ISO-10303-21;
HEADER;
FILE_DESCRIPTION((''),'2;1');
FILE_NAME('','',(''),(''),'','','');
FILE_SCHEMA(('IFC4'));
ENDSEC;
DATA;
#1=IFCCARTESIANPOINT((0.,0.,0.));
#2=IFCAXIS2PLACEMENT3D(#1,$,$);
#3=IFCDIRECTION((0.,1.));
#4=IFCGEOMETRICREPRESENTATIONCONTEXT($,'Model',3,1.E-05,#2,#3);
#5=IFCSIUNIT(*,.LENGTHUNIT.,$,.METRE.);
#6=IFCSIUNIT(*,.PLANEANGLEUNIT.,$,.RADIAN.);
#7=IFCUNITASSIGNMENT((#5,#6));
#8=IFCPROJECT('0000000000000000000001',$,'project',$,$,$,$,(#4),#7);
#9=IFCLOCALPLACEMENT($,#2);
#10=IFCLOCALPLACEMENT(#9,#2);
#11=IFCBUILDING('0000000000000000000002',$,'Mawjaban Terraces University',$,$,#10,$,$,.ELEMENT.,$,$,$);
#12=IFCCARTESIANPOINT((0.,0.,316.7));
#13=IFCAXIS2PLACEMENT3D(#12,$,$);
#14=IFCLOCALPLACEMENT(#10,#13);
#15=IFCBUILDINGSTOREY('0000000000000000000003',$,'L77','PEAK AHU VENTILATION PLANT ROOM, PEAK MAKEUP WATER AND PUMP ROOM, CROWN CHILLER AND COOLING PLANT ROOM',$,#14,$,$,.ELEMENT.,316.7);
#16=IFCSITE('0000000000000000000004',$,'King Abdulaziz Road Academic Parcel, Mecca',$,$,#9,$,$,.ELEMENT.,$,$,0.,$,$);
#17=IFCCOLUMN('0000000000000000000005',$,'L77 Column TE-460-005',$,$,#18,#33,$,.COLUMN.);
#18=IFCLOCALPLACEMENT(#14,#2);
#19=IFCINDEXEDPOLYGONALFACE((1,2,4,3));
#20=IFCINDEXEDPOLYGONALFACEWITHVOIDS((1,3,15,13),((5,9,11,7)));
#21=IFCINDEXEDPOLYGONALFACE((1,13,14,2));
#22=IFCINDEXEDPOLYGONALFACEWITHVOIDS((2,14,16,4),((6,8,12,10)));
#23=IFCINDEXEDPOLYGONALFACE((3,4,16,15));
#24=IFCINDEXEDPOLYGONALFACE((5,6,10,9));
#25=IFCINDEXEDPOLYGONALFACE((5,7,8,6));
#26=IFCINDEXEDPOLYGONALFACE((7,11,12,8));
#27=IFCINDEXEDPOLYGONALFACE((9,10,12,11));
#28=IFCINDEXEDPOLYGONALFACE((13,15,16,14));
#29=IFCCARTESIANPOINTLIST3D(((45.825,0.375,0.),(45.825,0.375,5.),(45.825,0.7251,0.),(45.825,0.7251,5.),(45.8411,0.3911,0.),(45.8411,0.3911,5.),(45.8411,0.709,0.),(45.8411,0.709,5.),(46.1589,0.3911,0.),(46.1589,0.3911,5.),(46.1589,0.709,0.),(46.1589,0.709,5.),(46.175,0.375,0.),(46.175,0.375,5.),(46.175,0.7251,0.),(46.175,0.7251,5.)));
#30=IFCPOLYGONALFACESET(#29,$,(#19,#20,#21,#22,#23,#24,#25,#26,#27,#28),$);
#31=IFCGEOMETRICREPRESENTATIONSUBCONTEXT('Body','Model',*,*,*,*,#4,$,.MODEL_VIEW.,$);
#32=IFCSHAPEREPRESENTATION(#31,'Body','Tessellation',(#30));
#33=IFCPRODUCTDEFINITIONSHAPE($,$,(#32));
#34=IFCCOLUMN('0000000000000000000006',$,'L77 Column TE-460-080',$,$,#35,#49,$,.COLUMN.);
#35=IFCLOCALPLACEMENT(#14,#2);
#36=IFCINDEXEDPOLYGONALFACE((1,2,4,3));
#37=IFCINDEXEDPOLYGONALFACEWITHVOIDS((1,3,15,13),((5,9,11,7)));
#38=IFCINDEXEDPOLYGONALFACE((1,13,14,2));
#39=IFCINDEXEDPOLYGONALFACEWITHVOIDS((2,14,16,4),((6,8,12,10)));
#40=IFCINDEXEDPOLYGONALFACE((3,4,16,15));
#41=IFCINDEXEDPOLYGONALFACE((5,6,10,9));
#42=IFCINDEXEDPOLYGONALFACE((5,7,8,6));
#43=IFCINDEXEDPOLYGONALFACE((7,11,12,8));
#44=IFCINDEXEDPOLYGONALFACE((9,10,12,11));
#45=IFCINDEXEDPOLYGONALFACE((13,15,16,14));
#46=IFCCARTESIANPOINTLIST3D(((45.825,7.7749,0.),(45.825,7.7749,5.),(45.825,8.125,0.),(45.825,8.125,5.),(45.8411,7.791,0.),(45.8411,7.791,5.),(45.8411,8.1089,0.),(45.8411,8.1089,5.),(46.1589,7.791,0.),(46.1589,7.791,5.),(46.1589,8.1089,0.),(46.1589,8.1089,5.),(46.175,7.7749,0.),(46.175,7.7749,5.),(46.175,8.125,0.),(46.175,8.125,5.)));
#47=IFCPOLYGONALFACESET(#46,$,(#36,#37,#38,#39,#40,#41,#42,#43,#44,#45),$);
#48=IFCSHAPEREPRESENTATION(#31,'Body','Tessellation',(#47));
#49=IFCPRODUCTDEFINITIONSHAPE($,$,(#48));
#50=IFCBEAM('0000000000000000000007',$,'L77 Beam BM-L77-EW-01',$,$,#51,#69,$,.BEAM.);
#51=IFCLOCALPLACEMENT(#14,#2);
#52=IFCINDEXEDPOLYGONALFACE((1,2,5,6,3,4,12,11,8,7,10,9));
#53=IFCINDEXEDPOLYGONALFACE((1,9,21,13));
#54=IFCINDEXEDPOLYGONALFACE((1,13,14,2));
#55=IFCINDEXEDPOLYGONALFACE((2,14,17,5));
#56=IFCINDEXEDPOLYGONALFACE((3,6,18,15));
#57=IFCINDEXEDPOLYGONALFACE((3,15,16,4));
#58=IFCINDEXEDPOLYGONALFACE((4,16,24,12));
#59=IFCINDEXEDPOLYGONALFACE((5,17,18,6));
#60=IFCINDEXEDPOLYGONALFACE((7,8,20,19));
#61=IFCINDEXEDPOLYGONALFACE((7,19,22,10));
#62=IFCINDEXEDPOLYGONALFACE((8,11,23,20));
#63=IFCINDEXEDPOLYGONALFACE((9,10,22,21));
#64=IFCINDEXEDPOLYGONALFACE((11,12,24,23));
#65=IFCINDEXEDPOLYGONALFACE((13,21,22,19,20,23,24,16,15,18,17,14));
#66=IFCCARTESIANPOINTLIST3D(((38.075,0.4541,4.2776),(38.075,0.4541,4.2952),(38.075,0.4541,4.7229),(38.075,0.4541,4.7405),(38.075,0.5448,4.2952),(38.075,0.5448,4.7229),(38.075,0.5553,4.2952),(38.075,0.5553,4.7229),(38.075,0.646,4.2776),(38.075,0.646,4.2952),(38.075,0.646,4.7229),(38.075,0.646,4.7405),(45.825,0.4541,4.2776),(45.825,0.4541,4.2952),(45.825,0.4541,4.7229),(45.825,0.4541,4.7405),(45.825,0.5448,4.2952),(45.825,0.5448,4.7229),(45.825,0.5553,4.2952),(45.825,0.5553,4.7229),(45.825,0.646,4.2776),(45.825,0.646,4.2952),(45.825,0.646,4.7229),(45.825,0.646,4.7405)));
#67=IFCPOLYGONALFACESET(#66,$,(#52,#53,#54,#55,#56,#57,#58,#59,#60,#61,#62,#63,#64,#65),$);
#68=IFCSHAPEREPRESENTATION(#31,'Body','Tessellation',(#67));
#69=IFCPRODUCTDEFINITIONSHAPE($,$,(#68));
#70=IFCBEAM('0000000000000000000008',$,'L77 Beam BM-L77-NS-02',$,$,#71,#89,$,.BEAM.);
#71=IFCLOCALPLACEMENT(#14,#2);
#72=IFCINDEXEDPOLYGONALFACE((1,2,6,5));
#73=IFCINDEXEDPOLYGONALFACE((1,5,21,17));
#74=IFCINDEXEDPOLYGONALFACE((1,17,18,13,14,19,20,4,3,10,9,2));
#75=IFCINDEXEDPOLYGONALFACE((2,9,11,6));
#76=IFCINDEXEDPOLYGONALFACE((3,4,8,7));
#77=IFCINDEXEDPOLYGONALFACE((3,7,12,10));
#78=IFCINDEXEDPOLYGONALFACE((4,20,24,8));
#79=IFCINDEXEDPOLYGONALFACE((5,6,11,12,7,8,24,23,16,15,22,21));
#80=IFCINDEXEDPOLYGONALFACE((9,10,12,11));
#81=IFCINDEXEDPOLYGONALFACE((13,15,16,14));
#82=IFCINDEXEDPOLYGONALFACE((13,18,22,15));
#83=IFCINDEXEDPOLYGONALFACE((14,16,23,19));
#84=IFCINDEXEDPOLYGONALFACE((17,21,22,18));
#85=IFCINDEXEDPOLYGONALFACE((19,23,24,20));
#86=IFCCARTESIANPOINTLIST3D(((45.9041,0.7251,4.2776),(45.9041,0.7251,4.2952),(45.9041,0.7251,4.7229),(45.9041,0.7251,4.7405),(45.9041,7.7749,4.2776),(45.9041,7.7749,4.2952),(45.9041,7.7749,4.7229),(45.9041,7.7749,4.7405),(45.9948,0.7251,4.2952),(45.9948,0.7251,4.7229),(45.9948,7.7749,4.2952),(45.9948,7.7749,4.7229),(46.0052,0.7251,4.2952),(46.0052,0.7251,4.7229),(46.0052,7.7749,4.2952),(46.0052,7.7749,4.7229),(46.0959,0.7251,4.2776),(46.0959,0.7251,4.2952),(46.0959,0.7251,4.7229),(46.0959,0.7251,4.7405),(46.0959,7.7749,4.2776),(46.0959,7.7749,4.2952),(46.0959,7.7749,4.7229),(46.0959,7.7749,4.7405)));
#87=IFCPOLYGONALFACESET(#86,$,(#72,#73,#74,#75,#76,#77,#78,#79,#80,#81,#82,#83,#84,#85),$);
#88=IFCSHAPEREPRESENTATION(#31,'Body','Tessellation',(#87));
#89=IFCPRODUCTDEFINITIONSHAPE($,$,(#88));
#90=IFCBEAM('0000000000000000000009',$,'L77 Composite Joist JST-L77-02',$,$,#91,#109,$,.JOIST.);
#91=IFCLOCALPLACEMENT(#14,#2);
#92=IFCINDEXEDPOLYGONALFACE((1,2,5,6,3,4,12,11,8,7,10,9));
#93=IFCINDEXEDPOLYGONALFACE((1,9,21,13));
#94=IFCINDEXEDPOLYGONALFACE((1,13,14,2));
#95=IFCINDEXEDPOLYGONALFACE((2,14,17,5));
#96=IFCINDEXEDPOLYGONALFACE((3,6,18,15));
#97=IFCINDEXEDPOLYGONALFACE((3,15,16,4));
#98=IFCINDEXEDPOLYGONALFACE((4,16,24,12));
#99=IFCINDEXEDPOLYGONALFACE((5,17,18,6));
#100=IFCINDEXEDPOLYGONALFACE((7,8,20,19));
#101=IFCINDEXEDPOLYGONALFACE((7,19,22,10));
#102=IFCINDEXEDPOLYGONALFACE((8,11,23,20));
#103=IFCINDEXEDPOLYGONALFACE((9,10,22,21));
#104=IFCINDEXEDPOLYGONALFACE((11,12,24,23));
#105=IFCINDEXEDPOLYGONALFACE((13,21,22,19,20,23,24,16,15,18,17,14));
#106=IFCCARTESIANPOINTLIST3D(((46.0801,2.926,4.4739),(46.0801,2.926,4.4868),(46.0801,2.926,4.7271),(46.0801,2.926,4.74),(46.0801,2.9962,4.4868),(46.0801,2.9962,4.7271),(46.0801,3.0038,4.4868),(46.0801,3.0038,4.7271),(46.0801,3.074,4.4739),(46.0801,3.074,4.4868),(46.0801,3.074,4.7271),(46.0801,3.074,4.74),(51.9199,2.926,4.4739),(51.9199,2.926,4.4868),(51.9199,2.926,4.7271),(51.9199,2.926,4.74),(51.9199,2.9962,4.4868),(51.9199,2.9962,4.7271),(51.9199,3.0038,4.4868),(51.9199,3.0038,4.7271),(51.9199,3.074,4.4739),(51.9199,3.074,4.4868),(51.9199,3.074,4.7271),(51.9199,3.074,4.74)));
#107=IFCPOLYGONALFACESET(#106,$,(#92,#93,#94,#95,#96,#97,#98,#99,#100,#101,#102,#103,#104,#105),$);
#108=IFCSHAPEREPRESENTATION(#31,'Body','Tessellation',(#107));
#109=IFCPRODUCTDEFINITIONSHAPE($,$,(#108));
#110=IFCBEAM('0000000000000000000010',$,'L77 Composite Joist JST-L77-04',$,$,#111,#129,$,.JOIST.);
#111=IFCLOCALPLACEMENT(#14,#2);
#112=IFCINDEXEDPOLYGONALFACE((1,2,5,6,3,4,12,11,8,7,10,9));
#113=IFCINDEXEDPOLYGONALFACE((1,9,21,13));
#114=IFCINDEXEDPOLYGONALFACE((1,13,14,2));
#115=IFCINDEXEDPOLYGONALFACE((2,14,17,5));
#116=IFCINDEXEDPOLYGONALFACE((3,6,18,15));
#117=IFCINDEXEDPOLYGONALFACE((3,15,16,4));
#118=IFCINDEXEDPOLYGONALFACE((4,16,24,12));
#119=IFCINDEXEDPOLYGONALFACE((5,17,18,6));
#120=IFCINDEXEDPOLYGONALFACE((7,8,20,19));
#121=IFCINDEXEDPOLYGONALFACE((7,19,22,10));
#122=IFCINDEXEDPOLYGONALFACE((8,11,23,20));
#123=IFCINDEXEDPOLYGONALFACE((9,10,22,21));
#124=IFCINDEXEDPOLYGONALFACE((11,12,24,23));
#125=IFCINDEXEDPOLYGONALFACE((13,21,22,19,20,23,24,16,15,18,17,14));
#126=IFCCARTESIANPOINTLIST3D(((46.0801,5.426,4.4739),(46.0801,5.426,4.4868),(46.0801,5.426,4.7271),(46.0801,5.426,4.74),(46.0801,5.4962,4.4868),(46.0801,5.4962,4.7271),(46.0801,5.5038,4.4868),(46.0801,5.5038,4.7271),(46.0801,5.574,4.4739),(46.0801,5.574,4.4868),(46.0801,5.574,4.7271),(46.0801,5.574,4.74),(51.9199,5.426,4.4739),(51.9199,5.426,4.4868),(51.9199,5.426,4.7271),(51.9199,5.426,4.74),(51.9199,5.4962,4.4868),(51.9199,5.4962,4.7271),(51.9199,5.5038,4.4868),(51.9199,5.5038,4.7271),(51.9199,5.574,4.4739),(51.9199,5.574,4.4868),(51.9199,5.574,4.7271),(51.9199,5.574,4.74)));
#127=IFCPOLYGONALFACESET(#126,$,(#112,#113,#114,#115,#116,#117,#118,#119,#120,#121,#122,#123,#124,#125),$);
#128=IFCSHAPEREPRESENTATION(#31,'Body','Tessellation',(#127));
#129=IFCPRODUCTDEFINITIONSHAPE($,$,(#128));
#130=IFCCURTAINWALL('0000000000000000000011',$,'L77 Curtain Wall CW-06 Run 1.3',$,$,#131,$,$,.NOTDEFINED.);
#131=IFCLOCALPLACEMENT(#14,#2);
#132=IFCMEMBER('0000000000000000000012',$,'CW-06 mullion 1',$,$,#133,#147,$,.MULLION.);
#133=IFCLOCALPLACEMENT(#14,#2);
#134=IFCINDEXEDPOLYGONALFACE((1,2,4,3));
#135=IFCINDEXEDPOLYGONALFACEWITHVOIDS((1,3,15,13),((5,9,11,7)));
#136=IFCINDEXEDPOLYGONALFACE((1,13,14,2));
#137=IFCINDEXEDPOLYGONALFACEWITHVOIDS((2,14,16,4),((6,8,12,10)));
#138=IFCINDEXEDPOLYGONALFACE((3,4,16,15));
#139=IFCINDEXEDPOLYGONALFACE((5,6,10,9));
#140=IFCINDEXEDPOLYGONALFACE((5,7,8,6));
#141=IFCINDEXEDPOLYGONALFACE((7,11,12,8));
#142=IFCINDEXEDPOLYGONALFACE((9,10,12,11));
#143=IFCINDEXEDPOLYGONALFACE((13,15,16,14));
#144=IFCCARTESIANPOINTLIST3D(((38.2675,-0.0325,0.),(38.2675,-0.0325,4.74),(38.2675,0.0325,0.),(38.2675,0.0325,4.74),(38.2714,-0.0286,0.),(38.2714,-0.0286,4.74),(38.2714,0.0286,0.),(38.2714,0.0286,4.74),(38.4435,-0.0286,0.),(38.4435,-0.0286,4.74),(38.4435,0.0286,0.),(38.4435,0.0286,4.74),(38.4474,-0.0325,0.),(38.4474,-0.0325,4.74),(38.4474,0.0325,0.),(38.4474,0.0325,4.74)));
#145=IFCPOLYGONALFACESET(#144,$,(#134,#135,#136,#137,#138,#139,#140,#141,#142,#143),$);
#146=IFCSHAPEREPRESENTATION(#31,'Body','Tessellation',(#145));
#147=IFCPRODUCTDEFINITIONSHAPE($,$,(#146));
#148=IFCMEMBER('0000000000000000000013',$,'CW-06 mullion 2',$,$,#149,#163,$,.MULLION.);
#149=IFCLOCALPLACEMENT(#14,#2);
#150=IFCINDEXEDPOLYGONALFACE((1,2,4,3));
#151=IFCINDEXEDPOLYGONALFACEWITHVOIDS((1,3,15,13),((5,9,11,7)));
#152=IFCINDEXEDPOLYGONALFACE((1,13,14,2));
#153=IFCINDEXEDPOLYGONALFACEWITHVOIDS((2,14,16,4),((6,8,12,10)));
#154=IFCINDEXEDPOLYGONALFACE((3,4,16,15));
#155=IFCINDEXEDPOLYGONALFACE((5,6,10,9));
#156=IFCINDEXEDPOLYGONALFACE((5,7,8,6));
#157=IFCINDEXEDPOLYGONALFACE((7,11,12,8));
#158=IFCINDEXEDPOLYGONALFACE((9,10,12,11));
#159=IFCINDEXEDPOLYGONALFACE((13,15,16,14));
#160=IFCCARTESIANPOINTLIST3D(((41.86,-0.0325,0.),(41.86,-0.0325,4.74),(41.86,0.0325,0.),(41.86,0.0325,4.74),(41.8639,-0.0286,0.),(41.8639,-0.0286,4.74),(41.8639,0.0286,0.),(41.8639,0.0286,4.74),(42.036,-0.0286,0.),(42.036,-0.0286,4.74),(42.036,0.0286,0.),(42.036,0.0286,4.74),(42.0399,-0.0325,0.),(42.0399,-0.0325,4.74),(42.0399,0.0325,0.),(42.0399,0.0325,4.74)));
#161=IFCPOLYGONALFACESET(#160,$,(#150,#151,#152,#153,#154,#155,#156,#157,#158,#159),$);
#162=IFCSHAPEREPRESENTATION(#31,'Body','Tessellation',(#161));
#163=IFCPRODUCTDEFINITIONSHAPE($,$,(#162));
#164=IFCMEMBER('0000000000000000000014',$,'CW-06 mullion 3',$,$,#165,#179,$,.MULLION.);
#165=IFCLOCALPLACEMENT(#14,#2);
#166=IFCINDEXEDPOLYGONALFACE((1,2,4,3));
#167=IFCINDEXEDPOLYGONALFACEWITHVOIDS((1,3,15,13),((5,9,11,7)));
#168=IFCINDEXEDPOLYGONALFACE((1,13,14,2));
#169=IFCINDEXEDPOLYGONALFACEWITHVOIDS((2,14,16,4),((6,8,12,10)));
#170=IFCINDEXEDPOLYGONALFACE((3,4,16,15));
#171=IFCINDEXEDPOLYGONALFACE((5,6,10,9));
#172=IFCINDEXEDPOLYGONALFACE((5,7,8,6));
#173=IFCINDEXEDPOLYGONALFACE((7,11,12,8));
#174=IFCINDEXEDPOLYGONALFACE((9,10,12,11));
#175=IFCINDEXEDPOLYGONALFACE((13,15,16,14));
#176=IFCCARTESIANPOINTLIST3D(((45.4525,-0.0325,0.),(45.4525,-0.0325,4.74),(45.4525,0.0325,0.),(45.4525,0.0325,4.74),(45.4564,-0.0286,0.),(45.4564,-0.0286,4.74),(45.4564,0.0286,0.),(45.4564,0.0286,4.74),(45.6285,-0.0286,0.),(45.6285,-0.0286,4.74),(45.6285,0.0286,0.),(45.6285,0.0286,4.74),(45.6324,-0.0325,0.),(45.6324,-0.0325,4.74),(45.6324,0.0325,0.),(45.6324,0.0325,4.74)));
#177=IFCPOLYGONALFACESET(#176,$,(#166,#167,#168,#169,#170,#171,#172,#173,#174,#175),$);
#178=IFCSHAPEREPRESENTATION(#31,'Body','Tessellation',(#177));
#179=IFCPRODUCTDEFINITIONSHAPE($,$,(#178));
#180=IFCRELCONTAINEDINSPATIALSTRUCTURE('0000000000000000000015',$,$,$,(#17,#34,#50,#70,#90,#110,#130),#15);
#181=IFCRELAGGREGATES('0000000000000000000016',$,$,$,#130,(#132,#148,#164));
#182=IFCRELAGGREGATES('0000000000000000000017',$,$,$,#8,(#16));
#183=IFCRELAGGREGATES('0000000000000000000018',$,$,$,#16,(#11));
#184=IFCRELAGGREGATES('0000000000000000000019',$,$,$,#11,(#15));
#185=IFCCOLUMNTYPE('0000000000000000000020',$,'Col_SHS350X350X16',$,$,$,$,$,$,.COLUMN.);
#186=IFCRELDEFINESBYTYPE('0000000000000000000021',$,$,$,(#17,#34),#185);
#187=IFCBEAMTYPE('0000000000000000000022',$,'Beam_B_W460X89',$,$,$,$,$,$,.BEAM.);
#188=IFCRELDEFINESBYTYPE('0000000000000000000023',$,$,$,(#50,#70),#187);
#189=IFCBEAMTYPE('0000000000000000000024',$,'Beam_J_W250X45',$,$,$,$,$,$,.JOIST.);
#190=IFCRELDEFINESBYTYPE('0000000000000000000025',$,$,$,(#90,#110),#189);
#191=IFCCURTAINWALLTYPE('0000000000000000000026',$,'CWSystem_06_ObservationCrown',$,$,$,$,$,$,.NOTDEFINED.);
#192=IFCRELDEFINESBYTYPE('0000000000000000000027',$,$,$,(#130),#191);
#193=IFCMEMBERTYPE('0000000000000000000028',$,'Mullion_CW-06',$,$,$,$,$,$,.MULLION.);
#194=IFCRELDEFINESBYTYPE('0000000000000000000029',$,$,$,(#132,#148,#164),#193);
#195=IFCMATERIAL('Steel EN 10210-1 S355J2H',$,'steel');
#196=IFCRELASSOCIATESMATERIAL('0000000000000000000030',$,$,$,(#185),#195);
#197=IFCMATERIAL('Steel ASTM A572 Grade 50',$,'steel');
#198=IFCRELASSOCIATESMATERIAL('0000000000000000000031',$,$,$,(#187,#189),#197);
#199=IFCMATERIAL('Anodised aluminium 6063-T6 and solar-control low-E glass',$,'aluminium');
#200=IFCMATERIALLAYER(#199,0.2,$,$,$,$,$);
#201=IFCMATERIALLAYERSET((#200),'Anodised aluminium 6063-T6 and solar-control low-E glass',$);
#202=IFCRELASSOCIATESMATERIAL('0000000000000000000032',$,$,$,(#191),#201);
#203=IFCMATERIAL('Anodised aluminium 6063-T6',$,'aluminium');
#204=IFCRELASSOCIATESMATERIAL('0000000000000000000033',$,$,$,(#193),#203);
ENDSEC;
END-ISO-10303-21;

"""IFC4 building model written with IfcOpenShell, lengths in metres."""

from ifc_helpers import new_model, si_unit, direction, frame, origin, origin_2d, place, context, subcontext, project, spatial, hollow_rectangle, i_section, extrude, material, layer, layer_set, material_profile, profile_set, type_object, element, aggregate, save


model = new_model("IFC4")

# Units and contexts
model_context = context("Model", 3, precision=1e-05, world=origin(), true_north=direction((0.0, 1.0)))
body_context = subcontext(model_context, "Body", "Model", "MODEL_VIEW")
ifc_project = project(units=[si_unit("LENGTHUNIT", "METRE"), si_unit("PLANEANGLEUNIT", "RADIAN")], contexts=[model_context])

# Site, building, storey
site_placement = place(None, origin())
site = spatial("IfcSite", under=ifc_project, at=site_placement, Name="King Abdulaziz Road Academic Parcel, Mecca", CompositionType="ELEMENT", RefElevation=0.0)
building_placement = place(site_placement, origin())
building = spatial("IfcBuilding", under=site, at=building_placement, Name="Mawjaban Terraces University", CompositionType="ELEMENT")
storey_placement = place(building_placement, frame((0.0, 0.0, 316.7)))
storey = spatial("IfcBuildingStorey", under=building, at=storey_placement, Name="L77", Description="PEAK AHU VENTILATION PLANT ROOM, PEAK MAKEUP WATER AND PUMP ROOM, CROWN CHILLER AND COOLING PLANT ROOM", CompositionType="ELEMENT", Elevation=316.7)

# Columns
ifc_material_1 = material(Name="Steel EN 10210-1 S355J2H", Category="steel")
ifc_material_profile_1 = material_profile(ifc_material_1, hollow_rectangle(XDim=0.3501, YDim=0.3501, WallThickness=0.0161, at=origin_2d()), Name="SHS350X350X16")
ifc_profile_set_1 = profile_set([ifc_material_profile_1], Name="Steel EN 10210-1 S355J2H")
column_type = type_object("IfcColumnType", Name="Col_SHS350X350X16", PredefinedType="COLUMN", material=ifc_profile_set_1)
for number, where, z_axis, x_axis, name in (
    (1, (46.0, 0.55, 0.0), (0.0, 0.0, 1.0), (1.0, 0.0, 0.0), "L77 Column TE-460-005"),
    (2, (46.0, 7.95, 0.0), (0.0, 0.0, 1.0), (1.0, 0.0, 0.0), "L77 Column TE-460-080"),
):
    element("IfcColumn", number, at=place(storey_placement, frame(where, z_axis=z_axis, x_axis=x_axis)), inside=storey, type_object=column_type, Name=name, PredefinedType="COLUMN", context=body_context, shape_type="SweptSolid", body=[
        extrude(hollow_rectangle(XDim=0.3501, YDim=0.3501, WallThickness=0.0161, at=origin_2d()), origin(), (0.0, 0.0, 1.0), 5.0),
    ])

# Beams
ifc_material_2 = material(Name="Steel ASTM A572 Grade 50", Category="steel")
ifc_material_profile_2 = material_profile(ifc_material_2, i_section(OverallWidth=0.1919, OverallDepth=0.4629, WebThickness=0.0105, FlangeThickness=0.0176, at=origin_2d()), Name="W460X89")
ifc_profile_set_2 = profile_set([ifc_material_profile_2], Name="Steel ASTM A572 Grade 50")
beam_type_1 = type_object("IfcBeamType", Name="Beam_B_W460X89", PredefinedType="BEAM", material=ifc_profile_set_2)
beam_1_placement = place(storey_placement, frame((38.075, 0.55, 4.509), z_axis=(1.0, 0.0, 0.0), x_axis=(0.0, 1.0, 0.0)))
element("IfcBeam", 3, at=beam_1_placement, inside=storey, type_object=beam_type_1, Name="L77 Beam BM-L77-EW-01", PredefinedType="BEAM", context=body_context, shape_type="SweptSolid", body=[
    extrude(i_section(OverallWidth=0.1919, OverallDepth=0.4629, WebThickness=0.0105, FlangeThickness=0.0176, at=origin_2d()), origin(), (0.0, 0.0, 1.0), 7.75),
])
beam_2_placement = place(storey_placement, frame((46.0, 0.7251, 4.509), z_axis=(0.0, 1.0, 0.0), x_axis=(-1.0, 0.0, 0.0)))
element("IfcBeam", 4, at=beam_2_placement, inside=storey, type_object=beam_type_1, Name="L77 Beam BM-L77-NS-02", PredefinedType="BEAM", context=body_context, shape_type="SweptSolid", body=[
    extrude(i_section(OverallWidth=0.1919, OverallDepth=0.4629, WebThickness=0.0105, FlangeThickness=0.0176, at=origin_2d()), origin(), (0.0, 0.0, 1.0), 7.0498),
])
ifc_material_profile_3 = material_profile(ifc_material_2, i_section(OverallWidth=0.1479, OverallDepth=0.2661, WebThickness=0.0076, FlangeThickness=0.0129, at=origin_2d()), Name="W250X45")
ifc_profile_set_3 = profile_set([ifc_material_profile_3], Name="Steel ASTM A572 Grade 50")
beam_type_2 = type_object("IfcBeamType", Name="Beam_J_W250X45", PredefinedType="JOIST", material=ifc_profile_set_3)
for number, where, z_axis, x_axis, name in (
    (5, (46.0801, 3.0, 4.6069), (1.0, 0.0, 0.0), (0.0, 1.0, 0.0), "L77 Composite Joist JST-L77-02"),
    (6, (46.0801, 5.5, 4.6069), (1.0, 0.0, 0.0), (0.0, 1.0, 0.0), "L77 Composite Joist JST-L77-04"),
):
    element("IfcBeam", number, at=place(storey_placement, frame(where, z_axis=z_axis, x_axis=x_axis)), inside=storey, type_object=beam_type_2, Name=name, PredefinedType="JOIST", context=body_context, shape_type="SweptSolid", body=[
        extrude(i_section(OverallWidth=0.1479, OverallDepth=0.2661, WebThickness=0.0076, FlangeThickness=0.0129, at=origin_2d()), origin(), (0.0, 0.0, 1.0), 5.8398),
    ])

# Curtain wall, members
ifc_material_3 = material(Name="Anodised aluminium 6063-T6 and solar-control low-E glass", Category="aluminium")
ifc_layer_1 = layer(ifc_material_3, 0.2)
ifc_layer_set_1 = layer_set([ifc_layer_1], Name="Anodised aluminium 6063-T6 and solar-control low-E glass")
curtain_wall_type = type_object("IfcCurtainWallType", Name="CWSystem_06_ObservationCrown", PredefinedType="NOTDEFINED", material=ifc_layer_set_1)
curtain_wall_placement = place(storey_placement, origin())
curtain_wall = element("IfcCurtainWall", 7, at=curtain_wall_placement, inside=storey, type_object=curtain_wall_type, Name="L77 Curtain Wall CW-06 Run 1.3", PredefinedType="NOTDEFINED")
ifc_material_4 = material(Name="Anodised aluminium 6063-T6", Category="aluminium")
ifc_material_profile_4 = material_profile(ifc_material_4, hollow_rectangle(XDim=0.0649, YDim=0.1799, WallThickness=0.0039, at=origin_2d()), Name="ALU180X65X4")
ifc_profile_set_4 = profile_set([ifc_material_profile_4], Name="Anodised aluminium 6063-T6")
member_type_1 = type_object("IfcMemberType", Name="Mullion_CW-06", PredefinedType="MULLION", material=ifc_profile_set_4)
member_1_placement = place(storey_placement, frame((38.3574, 0.0, 0.0), z_axis=(0.0, 0.0, 1.0), x_axis=(0.0, 1.0, 0.0)))
member_1 = element("IfcMember", 8, at=member_1_placement, type_object=member_type_1, Name="CW-06 mullion 1", PredefinedType="MULLION", context=body_context, shape_type="SweptSolid", body=[
    extrude(hollow_rectangle(XDim=0.0649, YDim=0.1799, WallThickness=0.0039, at=origin_2d()), origin(), (0.0, 0.0, 1.0), 4.74),
])
member_2_placement = place(storey_placement, frame((41.95, 0.0, 0.0), z_axis=(0.0, 0.0, 1.0), x_axis=(0.0, 1.0, 0.0)))
member_2 = element("IfcMember", 9, at=member_2_placement, type_object=member_type_1, Name="CW-06 mullion 2", PredefinedType="MULLION", context=body_context, shape_type="SweptSolid", body=[
    extrude(hollow_rectangle(XDim=0.0649, YDim=0.1799, WallThickness=0.0039, at=origin_2d()), origin(), (0.0, 0.0, 1.0), 4.74),
])
member_3_placement = place(storey_placement, frame((45.5425, 0.0, 0.0), z_axis=(0.0, 0.0, 1.0), x_axis=(0.0, 1.0, 0.0)))
member_3 = element("IfcMember", 10, at=member_3_placement, type_object=member_type_1, Name="CW-06 mullion 3", PredefinedType="MULLION", context=body_context, shape_type="SweptSolid", body=[
    extrude(hollow_rectangle(XDim=0.0649, YDim=0.1799, WallThickness=0.0039, at=origin_2d()), origin(), (0.0, 0.0, 1.0), 4.74),
])
aggregate(curtain_wall, [member_1, member_2, member_3])

save(model, "model.ifc")
